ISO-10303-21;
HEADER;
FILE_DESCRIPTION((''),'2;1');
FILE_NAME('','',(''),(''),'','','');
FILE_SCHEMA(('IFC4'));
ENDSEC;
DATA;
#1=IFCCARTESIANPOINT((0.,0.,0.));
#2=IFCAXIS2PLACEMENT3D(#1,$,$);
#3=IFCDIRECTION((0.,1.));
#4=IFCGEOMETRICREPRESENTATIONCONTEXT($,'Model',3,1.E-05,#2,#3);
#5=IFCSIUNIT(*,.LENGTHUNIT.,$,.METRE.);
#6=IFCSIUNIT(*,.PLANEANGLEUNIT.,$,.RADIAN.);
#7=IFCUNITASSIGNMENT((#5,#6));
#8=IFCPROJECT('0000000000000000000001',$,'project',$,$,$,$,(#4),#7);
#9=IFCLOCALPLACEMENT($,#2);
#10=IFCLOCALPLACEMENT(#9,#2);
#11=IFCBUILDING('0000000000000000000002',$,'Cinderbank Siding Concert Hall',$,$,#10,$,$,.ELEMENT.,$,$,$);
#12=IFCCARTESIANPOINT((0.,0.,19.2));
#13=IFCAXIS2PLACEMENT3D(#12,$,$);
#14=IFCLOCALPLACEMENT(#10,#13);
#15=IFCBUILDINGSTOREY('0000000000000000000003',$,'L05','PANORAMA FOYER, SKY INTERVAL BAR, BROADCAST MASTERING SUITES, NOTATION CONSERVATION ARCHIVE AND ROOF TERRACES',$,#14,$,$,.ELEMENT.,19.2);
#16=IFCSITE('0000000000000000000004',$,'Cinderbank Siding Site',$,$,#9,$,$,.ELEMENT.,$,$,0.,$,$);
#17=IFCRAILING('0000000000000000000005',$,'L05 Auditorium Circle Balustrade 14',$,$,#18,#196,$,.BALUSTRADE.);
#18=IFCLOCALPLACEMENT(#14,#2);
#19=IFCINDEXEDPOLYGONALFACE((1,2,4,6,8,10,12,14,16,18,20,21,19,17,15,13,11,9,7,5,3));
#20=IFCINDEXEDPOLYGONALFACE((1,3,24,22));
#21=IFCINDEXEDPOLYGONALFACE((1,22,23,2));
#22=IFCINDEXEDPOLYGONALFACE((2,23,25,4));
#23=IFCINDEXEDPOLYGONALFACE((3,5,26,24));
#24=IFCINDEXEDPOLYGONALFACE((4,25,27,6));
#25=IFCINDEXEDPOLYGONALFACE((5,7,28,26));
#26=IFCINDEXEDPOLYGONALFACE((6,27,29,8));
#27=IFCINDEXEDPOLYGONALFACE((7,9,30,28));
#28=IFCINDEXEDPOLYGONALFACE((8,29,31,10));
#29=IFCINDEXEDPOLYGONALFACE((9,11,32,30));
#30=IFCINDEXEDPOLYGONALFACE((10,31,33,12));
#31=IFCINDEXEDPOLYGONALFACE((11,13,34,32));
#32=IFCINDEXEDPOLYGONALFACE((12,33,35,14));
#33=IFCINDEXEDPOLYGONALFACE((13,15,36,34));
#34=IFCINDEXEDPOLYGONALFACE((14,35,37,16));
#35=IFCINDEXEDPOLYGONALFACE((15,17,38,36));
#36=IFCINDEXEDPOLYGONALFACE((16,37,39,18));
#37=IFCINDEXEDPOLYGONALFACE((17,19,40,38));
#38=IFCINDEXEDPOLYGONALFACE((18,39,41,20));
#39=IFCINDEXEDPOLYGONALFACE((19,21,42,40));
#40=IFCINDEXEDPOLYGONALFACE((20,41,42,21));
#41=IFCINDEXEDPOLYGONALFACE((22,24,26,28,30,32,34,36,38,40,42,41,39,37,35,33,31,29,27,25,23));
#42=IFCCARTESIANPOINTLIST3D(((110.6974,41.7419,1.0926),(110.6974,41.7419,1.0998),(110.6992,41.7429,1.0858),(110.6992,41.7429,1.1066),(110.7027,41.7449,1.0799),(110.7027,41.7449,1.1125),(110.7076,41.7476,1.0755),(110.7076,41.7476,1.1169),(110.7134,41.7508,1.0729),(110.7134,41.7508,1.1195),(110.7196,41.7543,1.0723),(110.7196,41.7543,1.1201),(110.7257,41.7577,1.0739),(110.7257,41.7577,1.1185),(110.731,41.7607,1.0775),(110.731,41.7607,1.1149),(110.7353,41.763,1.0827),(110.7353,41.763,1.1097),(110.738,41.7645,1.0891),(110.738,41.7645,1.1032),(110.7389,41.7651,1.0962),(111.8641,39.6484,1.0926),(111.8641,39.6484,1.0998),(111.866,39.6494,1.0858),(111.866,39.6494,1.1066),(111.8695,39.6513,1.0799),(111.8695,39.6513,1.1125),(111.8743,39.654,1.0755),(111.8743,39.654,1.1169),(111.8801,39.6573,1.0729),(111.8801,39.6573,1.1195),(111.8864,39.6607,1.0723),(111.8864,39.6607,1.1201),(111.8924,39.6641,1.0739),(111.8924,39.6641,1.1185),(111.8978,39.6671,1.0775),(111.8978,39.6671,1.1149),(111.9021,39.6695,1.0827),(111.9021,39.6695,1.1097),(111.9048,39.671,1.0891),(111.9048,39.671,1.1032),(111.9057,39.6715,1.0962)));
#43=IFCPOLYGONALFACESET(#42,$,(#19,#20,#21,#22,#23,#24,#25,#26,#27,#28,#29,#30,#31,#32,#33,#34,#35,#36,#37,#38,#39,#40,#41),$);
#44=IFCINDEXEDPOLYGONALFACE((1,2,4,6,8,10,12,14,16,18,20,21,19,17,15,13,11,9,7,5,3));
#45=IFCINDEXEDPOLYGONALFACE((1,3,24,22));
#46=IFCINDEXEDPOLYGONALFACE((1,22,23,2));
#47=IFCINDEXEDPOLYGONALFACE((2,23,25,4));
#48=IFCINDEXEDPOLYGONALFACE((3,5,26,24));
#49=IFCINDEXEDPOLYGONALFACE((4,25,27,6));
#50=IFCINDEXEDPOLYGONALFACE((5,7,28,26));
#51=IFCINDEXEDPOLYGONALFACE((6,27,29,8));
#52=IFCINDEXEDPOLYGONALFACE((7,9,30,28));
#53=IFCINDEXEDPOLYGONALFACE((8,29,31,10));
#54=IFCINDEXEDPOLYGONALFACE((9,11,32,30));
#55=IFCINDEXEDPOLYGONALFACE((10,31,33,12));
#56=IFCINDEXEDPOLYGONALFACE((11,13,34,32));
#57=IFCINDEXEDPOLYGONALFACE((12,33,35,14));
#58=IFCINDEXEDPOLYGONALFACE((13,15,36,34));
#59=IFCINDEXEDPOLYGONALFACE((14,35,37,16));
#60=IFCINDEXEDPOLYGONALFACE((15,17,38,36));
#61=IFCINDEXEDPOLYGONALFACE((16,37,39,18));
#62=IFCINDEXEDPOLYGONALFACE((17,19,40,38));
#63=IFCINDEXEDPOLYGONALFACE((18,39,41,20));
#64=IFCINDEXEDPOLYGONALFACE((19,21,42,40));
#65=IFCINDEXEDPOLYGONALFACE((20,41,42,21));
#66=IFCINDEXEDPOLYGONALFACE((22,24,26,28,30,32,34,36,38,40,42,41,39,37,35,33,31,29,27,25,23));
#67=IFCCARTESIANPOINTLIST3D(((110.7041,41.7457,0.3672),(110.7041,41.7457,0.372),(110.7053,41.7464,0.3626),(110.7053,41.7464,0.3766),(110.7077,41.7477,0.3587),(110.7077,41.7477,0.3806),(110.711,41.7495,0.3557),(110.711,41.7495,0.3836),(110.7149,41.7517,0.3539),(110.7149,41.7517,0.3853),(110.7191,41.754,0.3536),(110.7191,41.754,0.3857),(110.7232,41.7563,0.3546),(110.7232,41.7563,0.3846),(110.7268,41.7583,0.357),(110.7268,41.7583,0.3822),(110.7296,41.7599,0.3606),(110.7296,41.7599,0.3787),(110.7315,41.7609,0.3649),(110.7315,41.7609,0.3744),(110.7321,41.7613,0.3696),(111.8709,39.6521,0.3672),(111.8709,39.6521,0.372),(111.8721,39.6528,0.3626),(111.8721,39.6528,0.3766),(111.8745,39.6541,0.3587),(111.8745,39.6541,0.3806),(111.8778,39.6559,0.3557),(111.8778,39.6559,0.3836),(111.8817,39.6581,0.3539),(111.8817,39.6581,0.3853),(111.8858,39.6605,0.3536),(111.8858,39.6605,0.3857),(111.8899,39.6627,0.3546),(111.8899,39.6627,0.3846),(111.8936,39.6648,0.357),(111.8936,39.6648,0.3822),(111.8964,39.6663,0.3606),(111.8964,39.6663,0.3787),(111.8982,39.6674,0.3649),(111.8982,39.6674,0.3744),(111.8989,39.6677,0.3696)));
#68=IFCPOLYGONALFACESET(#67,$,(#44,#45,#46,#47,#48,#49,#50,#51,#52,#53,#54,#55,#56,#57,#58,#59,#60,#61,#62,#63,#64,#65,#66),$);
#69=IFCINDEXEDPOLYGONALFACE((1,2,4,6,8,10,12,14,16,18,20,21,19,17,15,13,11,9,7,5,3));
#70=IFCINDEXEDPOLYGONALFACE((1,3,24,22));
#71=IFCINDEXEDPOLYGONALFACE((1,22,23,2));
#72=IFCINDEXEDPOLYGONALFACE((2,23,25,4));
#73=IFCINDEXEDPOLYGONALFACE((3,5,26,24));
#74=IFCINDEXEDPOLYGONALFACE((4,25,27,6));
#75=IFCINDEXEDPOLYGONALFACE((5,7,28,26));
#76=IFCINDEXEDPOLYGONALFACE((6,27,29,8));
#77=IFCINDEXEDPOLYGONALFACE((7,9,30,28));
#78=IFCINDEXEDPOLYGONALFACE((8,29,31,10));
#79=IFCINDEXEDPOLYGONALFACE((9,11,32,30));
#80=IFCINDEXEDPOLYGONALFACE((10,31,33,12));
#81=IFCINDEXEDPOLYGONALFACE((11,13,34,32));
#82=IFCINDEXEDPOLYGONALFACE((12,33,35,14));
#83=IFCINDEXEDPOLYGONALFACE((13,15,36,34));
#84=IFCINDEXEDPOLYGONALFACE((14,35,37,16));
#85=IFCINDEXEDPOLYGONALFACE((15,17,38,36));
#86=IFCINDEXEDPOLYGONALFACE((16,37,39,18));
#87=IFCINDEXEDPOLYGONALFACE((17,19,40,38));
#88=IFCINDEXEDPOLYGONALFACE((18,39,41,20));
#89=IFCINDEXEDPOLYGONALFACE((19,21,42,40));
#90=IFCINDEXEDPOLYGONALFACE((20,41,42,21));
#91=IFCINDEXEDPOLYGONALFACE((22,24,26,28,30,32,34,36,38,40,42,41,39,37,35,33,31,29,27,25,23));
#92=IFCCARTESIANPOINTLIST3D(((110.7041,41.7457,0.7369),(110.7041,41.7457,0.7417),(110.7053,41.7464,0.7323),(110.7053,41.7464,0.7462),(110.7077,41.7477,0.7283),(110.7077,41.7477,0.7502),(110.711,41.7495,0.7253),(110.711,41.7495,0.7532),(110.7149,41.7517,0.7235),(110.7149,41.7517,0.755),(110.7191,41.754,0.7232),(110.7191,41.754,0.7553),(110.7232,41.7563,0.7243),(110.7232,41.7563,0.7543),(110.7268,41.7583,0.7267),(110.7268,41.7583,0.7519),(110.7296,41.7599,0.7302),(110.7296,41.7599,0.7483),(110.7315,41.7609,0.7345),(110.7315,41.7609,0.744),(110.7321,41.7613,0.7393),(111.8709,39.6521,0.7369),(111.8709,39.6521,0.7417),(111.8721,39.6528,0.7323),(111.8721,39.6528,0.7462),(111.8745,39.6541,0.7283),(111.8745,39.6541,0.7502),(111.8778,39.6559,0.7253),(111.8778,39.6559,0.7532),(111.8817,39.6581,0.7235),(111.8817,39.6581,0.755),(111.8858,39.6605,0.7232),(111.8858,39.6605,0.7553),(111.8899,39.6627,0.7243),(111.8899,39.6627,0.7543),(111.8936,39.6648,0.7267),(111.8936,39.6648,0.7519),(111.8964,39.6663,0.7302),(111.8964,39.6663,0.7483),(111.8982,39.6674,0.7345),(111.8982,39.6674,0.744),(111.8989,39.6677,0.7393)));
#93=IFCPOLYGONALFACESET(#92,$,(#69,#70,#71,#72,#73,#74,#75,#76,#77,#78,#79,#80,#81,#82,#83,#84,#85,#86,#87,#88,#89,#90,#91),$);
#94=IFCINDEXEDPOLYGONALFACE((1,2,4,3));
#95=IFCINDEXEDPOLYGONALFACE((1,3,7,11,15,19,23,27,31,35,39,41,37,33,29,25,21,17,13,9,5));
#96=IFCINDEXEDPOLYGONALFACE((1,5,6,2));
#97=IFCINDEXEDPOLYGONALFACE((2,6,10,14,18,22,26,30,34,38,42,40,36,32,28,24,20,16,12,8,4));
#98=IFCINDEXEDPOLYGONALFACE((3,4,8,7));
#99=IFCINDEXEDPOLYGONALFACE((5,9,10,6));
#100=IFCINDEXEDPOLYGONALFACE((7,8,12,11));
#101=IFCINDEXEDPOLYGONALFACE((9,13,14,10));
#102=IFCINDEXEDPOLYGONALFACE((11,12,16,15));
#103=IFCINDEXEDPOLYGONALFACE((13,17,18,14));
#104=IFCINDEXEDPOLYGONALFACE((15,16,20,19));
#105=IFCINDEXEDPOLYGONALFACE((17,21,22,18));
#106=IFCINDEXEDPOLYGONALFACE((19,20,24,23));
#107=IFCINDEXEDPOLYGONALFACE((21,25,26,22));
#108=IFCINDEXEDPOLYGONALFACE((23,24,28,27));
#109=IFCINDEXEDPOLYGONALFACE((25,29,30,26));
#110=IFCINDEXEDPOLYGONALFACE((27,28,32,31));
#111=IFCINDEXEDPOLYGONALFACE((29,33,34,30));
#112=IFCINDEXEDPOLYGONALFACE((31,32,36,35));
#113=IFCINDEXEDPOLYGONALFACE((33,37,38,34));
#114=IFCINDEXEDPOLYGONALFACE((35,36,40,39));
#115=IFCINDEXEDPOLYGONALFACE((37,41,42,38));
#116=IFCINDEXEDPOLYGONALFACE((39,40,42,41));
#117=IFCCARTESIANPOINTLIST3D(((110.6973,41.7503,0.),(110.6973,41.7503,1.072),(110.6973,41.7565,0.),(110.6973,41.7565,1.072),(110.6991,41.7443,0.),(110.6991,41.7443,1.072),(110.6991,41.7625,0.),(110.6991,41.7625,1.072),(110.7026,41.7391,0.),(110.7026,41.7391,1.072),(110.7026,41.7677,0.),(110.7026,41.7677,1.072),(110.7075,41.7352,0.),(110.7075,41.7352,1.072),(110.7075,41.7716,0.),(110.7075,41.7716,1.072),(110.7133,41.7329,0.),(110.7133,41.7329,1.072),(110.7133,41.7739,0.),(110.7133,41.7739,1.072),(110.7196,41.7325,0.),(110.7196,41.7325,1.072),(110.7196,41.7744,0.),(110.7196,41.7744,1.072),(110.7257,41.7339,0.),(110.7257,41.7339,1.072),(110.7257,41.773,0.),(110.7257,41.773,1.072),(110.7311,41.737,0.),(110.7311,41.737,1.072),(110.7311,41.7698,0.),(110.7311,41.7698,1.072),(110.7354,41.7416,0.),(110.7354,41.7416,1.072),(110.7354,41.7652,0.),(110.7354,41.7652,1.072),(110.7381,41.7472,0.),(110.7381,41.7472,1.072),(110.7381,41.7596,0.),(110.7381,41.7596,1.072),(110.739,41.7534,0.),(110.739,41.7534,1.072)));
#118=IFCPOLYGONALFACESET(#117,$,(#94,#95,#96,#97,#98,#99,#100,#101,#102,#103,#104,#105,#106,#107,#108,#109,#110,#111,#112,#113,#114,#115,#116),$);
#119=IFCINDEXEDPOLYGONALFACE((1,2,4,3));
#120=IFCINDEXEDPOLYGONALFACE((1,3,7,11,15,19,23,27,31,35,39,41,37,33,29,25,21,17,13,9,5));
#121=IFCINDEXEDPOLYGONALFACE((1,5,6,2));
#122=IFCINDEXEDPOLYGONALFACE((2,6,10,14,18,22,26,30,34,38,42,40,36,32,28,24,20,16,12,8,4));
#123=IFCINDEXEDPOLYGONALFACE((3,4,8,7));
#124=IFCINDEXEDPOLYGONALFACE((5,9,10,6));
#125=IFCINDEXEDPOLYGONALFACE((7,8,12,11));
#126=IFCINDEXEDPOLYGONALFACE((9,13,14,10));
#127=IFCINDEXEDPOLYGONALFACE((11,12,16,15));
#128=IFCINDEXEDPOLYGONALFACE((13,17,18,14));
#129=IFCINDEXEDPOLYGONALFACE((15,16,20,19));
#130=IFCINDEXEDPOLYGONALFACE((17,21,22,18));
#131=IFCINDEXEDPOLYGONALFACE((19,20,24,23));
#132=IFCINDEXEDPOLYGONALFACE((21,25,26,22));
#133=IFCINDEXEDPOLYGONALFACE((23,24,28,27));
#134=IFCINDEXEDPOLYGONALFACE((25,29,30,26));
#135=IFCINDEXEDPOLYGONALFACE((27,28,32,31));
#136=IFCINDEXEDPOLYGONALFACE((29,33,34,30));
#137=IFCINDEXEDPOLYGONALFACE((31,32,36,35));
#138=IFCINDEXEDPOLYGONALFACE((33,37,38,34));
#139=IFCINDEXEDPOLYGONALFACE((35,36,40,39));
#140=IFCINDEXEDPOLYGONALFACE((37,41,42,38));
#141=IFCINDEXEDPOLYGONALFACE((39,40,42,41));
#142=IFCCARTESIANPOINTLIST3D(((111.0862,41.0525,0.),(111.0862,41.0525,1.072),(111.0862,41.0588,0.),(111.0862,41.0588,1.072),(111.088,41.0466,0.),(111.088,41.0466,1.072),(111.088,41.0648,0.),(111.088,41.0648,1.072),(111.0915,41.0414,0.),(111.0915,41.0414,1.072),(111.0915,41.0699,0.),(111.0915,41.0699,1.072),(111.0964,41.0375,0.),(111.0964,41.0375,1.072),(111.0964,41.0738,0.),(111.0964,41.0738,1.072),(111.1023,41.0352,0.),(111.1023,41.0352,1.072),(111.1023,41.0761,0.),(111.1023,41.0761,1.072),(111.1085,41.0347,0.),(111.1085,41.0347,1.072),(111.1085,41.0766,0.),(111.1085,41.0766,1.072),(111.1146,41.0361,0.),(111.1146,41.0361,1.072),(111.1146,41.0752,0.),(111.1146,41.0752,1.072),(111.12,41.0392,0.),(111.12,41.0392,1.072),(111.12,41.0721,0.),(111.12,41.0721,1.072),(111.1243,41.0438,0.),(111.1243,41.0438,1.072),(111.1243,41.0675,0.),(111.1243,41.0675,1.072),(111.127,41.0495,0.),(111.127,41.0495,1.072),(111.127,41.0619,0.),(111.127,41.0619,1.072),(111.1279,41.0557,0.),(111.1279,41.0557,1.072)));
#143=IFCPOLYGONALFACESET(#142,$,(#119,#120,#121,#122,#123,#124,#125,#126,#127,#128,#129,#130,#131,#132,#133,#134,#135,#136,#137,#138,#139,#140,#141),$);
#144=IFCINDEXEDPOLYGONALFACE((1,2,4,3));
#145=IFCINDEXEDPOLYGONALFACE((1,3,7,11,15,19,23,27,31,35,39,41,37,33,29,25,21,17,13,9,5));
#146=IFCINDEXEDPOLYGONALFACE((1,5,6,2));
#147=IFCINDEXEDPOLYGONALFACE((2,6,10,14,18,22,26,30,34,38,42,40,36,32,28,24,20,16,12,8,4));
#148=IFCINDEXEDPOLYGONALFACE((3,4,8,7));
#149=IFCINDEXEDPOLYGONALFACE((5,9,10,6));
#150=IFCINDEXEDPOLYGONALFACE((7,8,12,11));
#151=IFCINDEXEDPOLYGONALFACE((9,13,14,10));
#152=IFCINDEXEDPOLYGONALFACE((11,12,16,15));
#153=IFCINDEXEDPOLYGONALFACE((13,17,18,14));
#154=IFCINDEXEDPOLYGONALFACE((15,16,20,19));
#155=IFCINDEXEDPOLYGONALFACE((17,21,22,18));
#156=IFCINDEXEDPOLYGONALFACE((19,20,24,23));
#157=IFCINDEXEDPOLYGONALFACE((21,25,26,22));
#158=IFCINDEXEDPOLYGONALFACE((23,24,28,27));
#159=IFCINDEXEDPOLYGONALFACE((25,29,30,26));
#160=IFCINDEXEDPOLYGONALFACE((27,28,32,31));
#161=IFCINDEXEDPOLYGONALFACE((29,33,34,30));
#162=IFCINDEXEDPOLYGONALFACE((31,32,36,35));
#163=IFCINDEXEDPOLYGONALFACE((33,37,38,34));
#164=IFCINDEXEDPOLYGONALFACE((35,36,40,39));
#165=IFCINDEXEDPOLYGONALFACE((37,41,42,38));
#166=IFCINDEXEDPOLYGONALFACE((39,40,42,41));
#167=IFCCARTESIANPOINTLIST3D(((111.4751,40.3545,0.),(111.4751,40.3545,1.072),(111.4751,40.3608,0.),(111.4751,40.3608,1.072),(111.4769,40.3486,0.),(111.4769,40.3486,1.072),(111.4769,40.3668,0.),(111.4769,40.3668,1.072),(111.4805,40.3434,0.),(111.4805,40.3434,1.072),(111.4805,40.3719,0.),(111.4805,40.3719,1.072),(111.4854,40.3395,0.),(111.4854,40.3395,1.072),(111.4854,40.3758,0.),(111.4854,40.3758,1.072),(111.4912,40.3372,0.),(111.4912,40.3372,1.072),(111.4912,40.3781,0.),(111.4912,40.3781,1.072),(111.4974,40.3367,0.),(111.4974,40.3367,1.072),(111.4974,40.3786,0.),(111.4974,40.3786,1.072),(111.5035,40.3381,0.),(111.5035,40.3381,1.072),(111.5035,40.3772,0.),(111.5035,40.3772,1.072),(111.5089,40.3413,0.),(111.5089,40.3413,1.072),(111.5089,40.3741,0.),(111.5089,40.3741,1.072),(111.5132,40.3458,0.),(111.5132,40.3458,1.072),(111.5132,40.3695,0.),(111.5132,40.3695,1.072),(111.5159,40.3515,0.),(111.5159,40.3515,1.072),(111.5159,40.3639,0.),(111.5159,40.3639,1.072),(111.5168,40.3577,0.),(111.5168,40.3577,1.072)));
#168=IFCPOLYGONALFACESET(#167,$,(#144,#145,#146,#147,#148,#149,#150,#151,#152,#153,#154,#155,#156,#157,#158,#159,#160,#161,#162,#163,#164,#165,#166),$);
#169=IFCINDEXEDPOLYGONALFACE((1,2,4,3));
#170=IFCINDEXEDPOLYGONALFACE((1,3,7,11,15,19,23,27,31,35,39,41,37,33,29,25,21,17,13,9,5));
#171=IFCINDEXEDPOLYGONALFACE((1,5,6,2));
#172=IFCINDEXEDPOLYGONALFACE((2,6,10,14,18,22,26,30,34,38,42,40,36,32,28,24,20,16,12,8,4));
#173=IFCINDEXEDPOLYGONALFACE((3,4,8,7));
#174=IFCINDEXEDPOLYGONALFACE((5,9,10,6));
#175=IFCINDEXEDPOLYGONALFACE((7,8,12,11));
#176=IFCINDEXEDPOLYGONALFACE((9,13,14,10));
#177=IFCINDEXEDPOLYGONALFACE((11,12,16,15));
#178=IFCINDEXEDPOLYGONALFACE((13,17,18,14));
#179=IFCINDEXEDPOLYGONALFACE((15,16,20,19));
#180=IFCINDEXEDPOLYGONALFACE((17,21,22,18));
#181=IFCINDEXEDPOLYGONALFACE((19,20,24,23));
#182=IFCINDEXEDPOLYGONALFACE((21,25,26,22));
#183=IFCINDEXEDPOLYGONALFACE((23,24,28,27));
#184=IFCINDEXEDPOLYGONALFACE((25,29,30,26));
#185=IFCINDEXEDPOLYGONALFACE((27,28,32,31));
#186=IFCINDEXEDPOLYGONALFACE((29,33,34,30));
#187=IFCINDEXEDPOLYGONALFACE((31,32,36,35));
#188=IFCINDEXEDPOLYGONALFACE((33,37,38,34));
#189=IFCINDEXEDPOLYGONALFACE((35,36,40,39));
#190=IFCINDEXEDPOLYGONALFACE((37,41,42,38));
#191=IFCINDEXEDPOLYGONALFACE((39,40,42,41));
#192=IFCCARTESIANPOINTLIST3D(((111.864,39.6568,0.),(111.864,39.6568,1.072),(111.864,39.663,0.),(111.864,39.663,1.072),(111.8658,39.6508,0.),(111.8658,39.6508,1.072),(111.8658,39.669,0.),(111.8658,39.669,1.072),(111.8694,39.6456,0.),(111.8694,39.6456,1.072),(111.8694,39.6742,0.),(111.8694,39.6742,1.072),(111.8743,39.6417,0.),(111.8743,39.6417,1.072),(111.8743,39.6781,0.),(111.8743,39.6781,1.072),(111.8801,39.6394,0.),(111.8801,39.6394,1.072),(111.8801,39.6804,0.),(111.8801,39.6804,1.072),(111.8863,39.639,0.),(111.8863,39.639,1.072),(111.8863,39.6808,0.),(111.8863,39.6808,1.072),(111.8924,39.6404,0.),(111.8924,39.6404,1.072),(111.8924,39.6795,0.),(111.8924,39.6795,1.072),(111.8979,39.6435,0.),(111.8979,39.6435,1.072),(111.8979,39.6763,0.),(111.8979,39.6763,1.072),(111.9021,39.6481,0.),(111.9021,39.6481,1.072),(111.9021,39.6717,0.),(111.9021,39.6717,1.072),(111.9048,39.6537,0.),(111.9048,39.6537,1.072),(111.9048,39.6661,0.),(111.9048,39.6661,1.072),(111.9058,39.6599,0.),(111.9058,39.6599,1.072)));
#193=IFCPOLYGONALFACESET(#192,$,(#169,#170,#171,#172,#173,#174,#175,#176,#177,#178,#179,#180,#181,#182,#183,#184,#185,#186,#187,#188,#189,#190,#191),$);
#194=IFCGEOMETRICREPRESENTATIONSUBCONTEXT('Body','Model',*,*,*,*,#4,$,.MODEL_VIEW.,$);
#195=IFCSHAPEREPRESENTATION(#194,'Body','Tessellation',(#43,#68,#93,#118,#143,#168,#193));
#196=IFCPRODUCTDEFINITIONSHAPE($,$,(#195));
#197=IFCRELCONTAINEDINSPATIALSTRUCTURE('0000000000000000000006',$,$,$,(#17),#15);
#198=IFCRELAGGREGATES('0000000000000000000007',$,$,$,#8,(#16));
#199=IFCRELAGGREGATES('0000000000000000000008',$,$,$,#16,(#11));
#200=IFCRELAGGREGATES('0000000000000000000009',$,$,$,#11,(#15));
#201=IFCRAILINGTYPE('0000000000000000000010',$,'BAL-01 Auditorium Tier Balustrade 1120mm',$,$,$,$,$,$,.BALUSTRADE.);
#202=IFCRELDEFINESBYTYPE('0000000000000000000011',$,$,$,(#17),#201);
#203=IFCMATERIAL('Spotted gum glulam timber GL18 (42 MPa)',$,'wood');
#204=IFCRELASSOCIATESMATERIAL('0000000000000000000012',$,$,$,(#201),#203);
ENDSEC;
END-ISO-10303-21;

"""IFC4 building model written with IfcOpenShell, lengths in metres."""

from ifc_helpers import new_model, si_unit, direction, frame, origin, origin_2d, place, context, subcontext, project, spatial, circle, extrude, material, type_object, element, save


model = new_model("IFC4")

# Units and contexts
model_context = context("Model", 3, precision=1e-05, world=origin(), true_north=direction((0.0, 1.0)))
body_context = subcontext(model_context, "Body", "Model", "MODEL_VIEW")
ifc_project = project(units=[si_unit("LENGTHUNIT", "METRE"), si_unit("PLANEANGLEUNIT", "RADIAN")], contexts=[model_context])

# Site, building, storey
site_placement = place(None, origin())
site = spatial("IfcSite", under=ifc_project, at=site_placement, Name="Cinderbank Siding Site", CompositionType="ELEMENT", RefElevation=0.0)
building_placement = place(site_placement, origin())
building = spatial("IfcBuilding", under=site, at=building_placement, Name="Cinderbank Siding Concert Hall", CompositionType="ELEMENT")
storey_placement = place(building_placement, frame((0.0, 0.0, 19.2)))
storey = spatial("IfcBuildingStorey", under=building, at=storey_placement, Name="L05", Description="PANORAMA FOYER, SKY INTERVAL BAR, BROADCAST MASTERING SUITES, NOTATION CONSERVATION ARCHIVE AND ROOF TERRACES", CompositionType="ELEMENT", Elevation=19.2)

# Railing
ifc_material_1 = material(Name="Spotted gum glulam timber GL18 (42 MPa)", Category="wood")
railing_type = type_object("IfcRailingType", Name="BAL-01 Auditorium Tier Balustrade 1120mm", PredefinedType="BALUSTRADE", material=ifc_material_1)
railing_1_placement = place(storey_placement, frame((110.718, 41.7534, 0.0)))
element("IfcRailing", 1, at=railing_1_placement, inside=storey, type_object=railing_type, Name="L05 Auditorium Circle Balustrade 14", PredefinedType="BALUSTRADE", context=body_context, shape_type="SweptSolid", body=[
    extrude(circle(Radius=0.0239, at=origin_2d()), frame((0.0, 0.0, 1.0962), z_axis=(0.486819, -0.873503, 0.0), x_axis=(0.873503, 0.486819, 0.0)), (0.0, 0.0, 1.0), 2.3967),
    extrude(circle(Radius=0.0161, at=origin_2d()), frame((0.0, 0.0, 0.3696), z_axis=(0.486819, -0.873503, 0.0), x_axis=(0.873503, 0.486819, 0.0)), (0.0, 0.0, 1.0), 2.3967),
    extrude(circle(Radius=0.0161, at=origin_2d()), frame((0.0, 0.0, 0.7393), z_axis=(0.486819, -0.873503, 0.0), x_axis=(0.873503, 0.486819, 0.0)), (0.0, 0.0, 1.0), 2.3967),
    extrude(circle(Radius=0.021, at=origin_2d()), origin(), (0.0, 0.0, 1.0), 1.072),
    extrude(circle(Radius=0.021, at=origin_2d()), frame((0.3889, -0.6978, 0.0)), (0.0, 0.0, 1.0), 1.072),
    extrude(circle(Radius=0.021, at=origin_2d()), frame((0.7778, -1.3958, 0.0)), (0.0, 0.0, 1.0), 1.072),
    extrude(circle(Radius=0.021, at=origin_2d()), frame((1.1667, -2.0935, 0.0)), (0.0, 0.0, 1.0), 1.072),
])

save(model, "model.ifc")
